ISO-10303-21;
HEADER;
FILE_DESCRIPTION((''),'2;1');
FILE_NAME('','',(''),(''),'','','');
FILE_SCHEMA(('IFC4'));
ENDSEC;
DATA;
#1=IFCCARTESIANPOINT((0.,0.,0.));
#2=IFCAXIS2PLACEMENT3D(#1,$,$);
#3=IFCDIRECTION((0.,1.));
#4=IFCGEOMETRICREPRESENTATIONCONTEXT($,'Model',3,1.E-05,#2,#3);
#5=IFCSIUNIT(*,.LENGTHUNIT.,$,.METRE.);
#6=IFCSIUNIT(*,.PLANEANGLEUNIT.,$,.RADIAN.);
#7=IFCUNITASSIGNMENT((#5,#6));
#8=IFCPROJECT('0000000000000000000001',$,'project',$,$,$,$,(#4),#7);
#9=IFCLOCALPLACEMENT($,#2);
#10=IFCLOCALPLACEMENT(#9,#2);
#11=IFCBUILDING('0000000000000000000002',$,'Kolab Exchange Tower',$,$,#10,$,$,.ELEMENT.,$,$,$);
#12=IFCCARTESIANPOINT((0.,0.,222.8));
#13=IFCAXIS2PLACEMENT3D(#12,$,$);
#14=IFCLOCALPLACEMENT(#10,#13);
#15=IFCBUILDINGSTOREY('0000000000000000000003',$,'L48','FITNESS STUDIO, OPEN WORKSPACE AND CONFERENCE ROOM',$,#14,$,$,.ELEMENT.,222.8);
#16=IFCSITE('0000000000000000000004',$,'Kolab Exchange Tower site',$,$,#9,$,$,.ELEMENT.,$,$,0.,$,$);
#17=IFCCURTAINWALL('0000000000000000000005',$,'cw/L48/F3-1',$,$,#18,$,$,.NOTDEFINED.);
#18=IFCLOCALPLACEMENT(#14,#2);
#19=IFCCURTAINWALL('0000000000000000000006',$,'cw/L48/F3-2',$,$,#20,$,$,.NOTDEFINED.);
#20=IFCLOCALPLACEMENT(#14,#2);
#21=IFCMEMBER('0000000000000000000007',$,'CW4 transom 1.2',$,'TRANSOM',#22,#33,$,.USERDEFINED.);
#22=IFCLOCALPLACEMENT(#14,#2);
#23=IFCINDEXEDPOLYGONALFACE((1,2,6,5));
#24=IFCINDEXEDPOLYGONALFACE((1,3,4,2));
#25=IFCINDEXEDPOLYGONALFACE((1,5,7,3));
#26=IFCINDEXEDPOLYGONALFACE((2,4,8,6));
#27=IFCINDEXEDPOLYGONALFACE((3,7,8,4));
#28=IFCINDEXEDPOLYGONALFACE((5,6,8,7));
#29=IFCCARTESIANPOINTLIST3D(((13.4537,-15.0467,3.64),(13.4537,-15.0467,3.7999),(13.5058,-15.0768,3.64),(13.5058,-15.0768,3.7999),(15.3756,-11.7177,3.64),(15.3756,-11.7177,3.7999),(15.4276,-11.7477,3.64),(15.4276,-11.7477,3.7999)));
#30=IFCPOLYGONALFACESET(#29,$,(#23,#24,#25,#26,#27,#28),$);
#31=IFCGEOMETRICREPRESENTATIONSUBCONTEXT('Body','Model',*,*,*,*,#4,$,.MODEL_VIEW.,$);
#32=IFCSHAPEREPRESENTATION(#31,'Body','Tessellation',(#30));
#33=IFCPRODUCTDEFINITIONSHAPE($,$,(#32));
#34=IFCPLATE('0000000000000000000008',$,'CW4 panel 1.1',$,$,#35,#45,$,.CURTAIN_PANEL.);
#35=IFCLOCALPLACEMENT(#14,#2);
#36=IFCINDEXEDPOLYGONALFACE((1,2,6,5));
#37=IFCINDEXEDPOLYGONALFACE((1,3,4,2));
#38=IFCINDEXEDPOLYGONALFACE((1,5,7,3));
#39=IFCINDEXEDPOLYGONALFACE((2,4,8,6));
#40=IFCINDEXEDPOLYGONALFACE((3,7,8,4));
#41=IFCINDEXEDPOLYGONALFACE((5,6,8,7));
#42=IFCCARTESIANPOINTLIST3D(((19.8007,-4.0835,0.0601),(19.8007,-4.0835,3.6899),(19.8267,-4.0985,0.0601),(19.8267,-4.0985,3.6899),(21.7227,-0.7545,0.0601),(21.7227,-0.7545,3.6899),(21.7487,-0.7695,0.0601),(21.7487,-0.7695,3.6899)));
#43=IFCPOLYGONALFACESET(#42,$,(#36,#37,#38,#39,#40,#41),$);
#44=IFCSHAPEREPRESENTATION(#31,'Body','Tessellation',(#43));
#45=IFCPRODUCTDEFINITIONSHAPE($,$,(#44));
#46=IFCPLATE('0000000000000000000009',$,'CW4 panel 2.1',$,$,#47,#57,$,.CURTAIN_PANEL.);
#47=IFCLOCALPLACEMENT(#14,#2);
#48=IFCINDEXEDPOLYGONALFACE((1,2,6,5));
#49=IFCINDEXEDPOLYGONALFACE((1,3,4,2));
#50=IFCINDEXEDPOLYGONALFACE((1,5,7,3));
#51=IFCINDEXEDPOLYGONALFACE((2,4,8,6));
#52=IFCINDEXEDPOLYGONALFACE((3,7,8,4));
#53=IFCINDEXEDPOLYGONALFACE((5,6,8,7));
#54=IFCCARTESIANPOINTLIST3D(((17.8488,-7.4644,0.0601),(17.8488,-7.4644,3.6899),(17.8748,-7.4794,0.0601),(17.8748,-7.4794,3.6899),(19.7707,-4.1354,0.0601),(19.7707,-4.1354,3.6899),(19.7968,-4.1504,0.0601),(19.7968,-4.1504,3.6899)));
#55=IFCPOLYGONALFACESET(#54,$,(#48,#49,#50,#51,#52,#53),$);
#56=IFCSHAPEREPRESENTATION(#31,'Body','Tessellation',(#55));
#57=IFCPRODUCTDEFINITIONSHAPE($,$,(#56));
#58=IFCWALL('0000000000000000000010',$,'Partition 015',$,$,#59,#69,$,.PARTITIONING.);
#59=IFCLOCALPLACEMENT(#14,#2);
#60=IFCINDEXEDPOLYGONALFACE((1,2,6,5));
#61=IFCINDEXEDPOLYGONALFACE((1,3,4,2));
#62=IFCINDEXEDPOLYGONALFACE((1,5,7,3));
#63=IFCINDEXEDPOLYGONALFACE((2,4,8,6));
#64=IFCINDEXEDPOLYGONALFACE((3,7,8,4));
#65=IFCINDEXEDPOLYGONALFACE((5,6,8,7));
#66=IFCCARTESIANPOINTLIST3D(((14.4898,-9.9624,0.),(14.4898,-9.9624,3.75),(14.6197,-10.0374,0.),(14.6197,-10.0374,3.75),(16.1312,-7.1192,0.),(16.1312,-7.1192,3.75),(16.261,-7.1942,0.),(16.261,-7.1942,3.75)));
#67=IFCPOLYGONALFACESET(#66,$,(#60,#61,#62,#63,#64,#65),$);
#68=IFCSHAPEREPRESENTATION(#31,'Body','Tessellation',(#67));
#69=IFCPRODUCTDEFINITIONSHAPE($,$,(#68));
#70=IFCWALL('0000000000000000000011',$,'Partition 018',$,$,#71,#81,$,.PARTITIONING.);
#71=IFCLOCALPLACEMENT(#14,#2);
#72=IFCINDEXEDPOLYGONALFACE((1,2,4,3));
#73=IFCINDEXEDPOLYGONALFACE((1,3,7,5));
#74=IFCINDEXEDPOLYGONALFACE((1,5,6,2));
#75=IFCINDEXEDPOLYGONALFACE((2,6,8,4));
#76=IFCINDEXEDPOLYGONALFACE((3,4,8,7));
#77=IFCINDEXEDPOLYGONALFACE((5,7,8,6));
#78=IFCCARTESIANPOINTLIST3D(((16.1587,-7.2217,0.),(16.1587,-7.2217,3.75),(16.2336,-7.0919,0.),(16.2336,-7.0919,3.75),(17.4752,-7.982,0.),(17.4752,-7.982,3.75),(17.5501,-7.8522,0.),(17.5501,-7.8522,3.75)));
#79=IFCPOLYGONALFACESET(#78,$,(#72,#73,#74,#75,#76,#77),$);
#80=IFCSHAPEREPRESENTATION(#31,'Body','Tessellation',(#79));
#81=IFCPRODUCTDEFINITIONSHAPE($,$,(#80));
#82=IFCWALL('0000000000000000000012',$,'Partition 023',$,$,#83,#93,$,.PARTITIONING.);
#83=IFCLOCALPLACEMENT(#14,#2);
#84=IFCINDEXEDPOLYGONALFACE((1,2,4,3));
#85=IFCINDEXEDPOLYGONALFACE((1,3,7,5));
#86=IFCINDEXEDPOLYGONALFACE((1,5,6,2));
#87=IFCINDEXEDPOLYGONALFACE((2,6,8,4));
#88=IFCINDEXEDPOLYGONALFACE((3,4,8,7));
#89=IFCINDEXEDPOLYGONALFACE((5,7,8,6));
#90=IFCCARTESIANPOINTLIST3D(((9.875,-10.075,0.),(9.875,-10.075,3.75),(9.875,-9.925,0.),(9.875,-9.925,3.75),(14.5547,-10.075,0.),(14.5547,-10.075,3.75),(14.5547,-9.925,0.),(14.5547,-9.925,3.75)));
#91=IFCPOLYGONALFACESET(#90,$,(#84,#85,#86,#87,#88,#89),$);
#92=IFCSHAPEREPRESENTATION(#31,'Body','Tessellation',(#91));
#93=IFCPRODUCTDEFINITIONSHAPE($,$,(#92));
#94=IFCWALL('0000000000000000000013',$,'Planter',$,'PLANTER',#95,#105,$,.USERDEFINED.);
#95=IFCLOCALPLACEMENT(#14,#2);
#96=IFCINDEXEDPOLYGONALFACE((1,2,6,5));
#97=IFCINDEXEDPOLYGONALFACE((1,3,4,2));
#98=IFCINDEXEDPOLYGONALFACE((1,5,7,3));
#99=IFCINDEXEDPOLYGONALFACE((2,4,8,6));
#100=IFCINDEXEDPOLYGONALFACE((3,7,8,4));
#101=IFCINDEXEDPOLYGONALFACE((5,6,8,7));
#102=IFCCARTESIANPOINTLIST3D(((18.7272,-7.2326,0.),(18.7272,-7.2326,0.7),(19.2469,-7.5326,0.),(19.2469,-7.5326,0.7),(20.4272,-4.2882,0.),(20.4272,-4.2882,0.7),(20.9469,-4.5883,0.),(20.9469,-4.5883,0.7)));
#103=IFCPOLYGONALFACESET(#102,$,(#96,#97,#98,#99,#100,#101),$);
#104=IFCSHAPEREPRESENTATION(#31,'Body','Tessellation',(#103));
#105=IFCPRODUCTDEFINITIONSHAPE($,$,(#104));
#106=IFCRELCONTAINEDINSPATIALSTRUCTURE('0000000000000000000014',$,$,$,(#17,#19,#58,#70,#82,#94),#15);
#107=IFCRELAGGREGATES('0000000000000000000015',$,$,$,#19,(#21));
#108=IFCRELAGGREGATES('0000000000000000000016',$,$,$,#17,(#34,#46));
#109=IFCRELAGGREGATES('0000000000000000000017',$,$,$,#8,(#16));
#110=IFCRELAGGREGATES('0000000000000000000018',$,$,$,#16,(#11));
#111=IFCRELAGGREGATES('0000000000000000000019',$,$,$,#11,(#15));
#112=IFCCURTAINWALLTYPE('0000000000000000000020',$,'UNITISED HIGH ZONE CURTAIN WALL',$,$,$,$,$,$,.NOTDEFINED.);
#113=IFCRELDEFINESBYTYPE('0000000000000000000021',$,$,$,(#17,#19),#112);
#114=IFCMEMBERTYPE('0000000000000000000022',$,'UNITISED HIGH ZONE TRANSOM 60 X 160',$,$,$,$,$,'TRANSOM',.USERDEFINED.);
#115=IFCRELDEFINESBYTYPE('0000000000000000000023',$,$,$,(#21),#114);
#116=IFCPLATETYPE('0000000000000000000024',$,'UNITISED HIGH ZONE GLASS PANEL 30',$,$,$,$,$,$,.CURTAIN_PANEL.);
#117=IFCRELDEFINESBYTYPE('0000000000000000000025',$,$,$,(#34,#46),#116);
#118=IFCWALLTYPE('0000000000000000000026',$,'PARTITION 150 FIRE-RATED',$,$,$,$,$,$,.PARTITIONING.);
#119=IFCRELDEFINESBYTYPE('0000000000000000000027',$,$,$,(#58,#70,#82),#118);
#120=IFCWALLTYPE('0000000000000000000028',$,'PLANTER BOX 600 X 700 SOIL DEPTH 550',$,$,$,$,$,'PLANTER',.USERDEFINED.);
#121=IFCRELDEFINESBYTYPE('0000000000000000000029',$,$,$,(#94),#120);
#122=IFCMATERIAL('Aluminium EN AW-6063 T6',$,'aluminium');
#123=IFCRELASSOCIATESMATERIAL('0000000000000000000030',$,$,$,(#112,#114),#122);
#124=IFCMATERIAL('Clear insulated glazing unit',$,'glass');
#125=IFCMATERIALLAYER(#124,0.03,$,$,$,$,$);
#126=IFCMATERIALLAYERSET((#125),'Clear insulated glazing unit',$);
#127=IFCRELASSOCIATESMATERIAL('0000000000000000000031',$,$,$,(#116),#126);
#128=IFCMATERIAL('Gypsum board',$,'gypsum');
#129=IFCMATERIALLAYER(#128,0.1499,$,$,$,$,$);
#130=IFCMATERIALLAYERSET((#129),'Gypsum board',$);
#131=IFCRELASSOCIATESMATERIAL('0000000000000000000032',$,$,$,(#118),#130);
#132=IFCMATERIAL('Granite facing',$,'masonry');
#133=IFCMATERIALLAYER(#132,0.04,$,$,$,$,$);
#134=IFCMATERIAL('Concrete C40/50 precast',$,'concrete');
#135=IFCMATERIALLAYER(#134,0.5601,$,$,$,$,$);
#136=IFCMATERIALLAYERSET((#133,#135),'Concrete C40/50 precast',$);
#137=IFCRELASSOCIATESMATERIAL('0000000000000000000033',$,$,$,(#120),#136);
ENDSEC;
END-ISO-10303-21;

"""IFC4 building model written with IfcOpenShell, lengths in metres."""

from ifc_helpers import new_model, si_unit, direction, frame, frame_2d, origin, origin_2d, place, context, subcontext, project, spatial, rectangle, extrude, material, layer, layer_set, material_profile, profile_set, type_object, element, aggregate, save


model = new_model("IFC4")

# Units and contexts
model_context = context("Model", 3, precision=1e-05, world=origin(), true_north=direction((0.0, 1.0)))
body_context = subcontext(model_context, "Body", "Model", "MODEL_VIEW")
ifc_project = project(units=[si_unit("LENGTHUNIT", "METRE"), si_unit("PLANEANGLEUNIT", "RADIAN")], contexts=[model_context])

# Site, building, storey
site_placement = place(None, origin())
site = spatial("IfcSite", under=ifc_project, at=site_placement, Name="Kolab Exchange Tower site", CompositionType="ELEMENT", RefElevation=0.0)
building_placement = place(site_placement, origin())
building = spatial("IfcBuilding", under=site, at=building_placement, Name="Kolab Exchange Tower", CompositionType="ELEMENT")
storey_placement = place(building_placement, frame((0.0, 0.0, 222.8)))
storey = spatial("IfcBuildingStorey", under=building, at=storey_placement, Name="L48", Description="FITNESS STUDIO, OPEN WORKSPACE AND CONFERENCE ROOM", CompositionType="ELEMENT", Elevation=222.8)

# Curtain wall
ifc_material_1 = material(Name="Aluminium EN AW-6063 T6", Category="aluminium")
curtain_wall_type = type_object("IfcCurtainWallType", Name="UNITISED HIGH ZONE CURTAIN WALL", PredefinedType="NOTDEFINED", material=ifc_material_1)
curtain_wall_1_placement = place(storey_placement, origin())
curtain_wall_1 = element("IfcCurtainWall", 1, at=curtain_wall_1_placement, inside=storey, type_object=curtain_wall_type, Name="cw/L48/F3-1", PredefinedType="NOTDEFINED")

# Curtain wall
curtain_wall_2_placement = place(storey_placement, origin())
curtain_wall_2 = element("IfcCurtainWall", 2, at=curtain_wall_2_placement, inside=storey, type_object=curtain_wall_type, Name="cw/L48/F3-2", PredefinedType="NOTDEFINED")

# Member
ifc_material_profile_1 = material_profile(ifc_material_1, rectangle(XDim=0.0601, YDim=0.1599, at=origin_2d()), Name="RECT 60X160")
ifc_profile_set_1 = profile_set([ifc_material_profile_1], Name="Aluminium EN AW-6063 T6")
member_type_1 = type_object("IfcMemberType", Name="UNITISED HIGH ZONE TRANSOM 60 X 160", ElementType="TRANSOM", PredefinedType="USERDEFINED", material=ifc_profile_set_1)
member_1_placement = place(storey_placement, frame((15.4016, -11.7327, 3.72), z_axis=(-0.499964, -0.866046, 0.0), x_axis=(0.866046, -0.499964, 0.0)))
member_1 = element("IfcMember", 3, at=member_1_placement, type_object=member_type_1, Name="CW4 transom 1.2", ObjectType="TRANSOM", PredefinedType="USERDEFINED", context=body_context, shape_type="SweptSolid", body=[
    extrude(rectangle(XDim=0.0601, YDim=0.1599, at=origin_2d()), origin(), (0.0, 0.0, 1.0), 3.844),
])
aggregate(curtain_wall_2, [member_1])

# Plates
ifc_material_2 = material(Name="Clear insulated glazing unit", Category="glass")
ifc_layer_1 = layer(ifc_material_2, 0.03)
ifc_layer_set_1 = layer_set([ifc_layer_1], Name="Clear insulated glazing unit")
plate_type = type_object("IfcPlateType", Name="UNITISED HIGH ZONE GLASS PANEL 30", PredefinedType="CURTAIN_PANEL", material=ifc_layer_set_1)
plate_1_placement = place(storey_placement, frame((20.7747, -2.4265, 0.0601), z_axis=(0.0, 0.0, 1.0), x_axis=(-0.5, -0.866025, 0.0)))
plate_1 = element("IfcPlate", 4, at=plate_1_placement, type_object=plate_type, Name="CW4 panel 1.1", PredefinedType="CURTAIN_PANEL", context=body_context, shape_type="SweptSolid", body=[
    extrude(rectangle(XDim=3.844, YDim=0.03, at=origin_2d()), origin(), (0.0, 0.0, 1.0), 3.6299),
])
plate_2_placement = place(storey_placement, frame((18.8228, -5.8074, 0.0601), z_axis=(0.0, 0.0, 1.0), x_axis=(-0.5, -0.866025, 0.0)))
plate_2 = element("IfcPlate", 5, at=plate_2_placement, type_object=plate_type, Name="CW4 panel 2.1", PredefinedType="CURTAIN_PANEL", context=body_context, shape_type="SweptSolid", body=[
    extrude(rectangle(XDim=3.844, YDim=0.03, at=origin_2d()), origin(), (0.0, 0.0, 1.0), 3.6299),
])
aggregate(curtain_wall_1, [plate_1, plate_2])

# Walls
ifc_material_3 = material(Name="Gypsum board", Category="gypsum")
ifc_layer_2 = layer(ifc_material_3, 0.1499)
ifc_layer_set_2 = layer_set([ifc_layer_2], Name="Gypsum board")
wall_type_1 = type_object("IfcWallType", Name="PARTITION 150 FIRE-RATED", PredefinedType="PARTITIONING", material=ifc_layer_set_2)
wall_1_placement = place(storey_placement, frame((14.5547, -10.0, 0.0), z_axis=(0.0, 0.0, 1.0), x_axis=(0.499954, 0.866052, 0.0)))
element("IfcWall", 6, at=wall_1_placement, inside=storey, type_object=wall_type_1, Name="Partition 015", PredefinedType="PARTITIONING", context=body_context, shape_type="SweptSolid", body=[
    extrude(rectangle(XDim=3.283, YDim=0.1499, at=frame_2d((1.6416, 0.0))), origin(), (0.0, 0.0, 1.0), 3.75),
])
wall_2_placement = place(storey_placement, frame((16.196, -7.1567, 0.0), z_axis=(0.0, 0.0, 1.0), x_axis=(0.865961, -0.500112, 0.0)))
element("IfcWall", 7, at=wall_2_placement, inside=storey, type_object=wall_type_1, Name="Partition 018", PredefinedType="PARTITIONING", context=body_context, shape_type="SweptSolid", body=[
    extrude(rectangle(XDim=1.5203, YDim=0.1499, at=frame_2d((0.7603, 0.0))), origin(), (0.0, 0.0, 1.0), 3.75),
])
wall_3_placement = place(storey_placement, frame((9.875, -10.0, 0.0), z_axis=(0.0, 0.0, 1.0), x_axis=(1.0, 0.0, 0.0)))
element("IfcWall", 8, at=wall_3_placement, inside=storey, type_object=wall_type_1, Name="Partition 023", PredefinedType="PARTITIONING", context=body_context, shape_type="SweptSolid", body=[
    extrude(rectangle(XDim=4.6797, YDim=0.1499, at=frame_2d((2.3398, 0.0))), origin(), (0.0, 0.0, 1.0), 3.75),
])
ifc_material_4 = material(Name="Granite facing", Category="masonry")
ifc_layer_3 = layer(ifc_material_4, 0.04)
ifc_material_5 = material(Name="Concrete C40/50 precast", Category="concrete")
ifc_layer_4 = layer(ifc_material_5, 0.5601)
ifc_layer_set_3 = layer_set([ifc_layer_3, ifc_layer_4], Name="Concrete C40/50 precast")
wall_type_2 = type_object("IfcWallType", Name="PLANTER BOX 600 X 700 SOIL DEPTH 550", ElementType="PLANTER", PredefinedType="USERDEFINED", material=ifc_layer_set_3)
wall_4_placement = place(storey_placement, frame((20.687, -4.4382, 0.0), z_axis=(0.0, 0.0, 1.0), x_axis=(-0.500008, -0.866021, 0.0)))
element("IfcWall", 9, at=wall_4_placement, inside=storey, type_object=wall_type_2, Name="Planter", ObjectType="PLANTER", PredefinedType="USERDEFINED", context=body_context, shape_type="SweptSolid", body=[
    extrude(rectangle(XDim=3.3999, YDim=0.6001, at=frame_2d((1.7, 0.0))), origin(), (0.0, 0.0, 1.0), 0.7),
])

save(model, "model.ifc")
